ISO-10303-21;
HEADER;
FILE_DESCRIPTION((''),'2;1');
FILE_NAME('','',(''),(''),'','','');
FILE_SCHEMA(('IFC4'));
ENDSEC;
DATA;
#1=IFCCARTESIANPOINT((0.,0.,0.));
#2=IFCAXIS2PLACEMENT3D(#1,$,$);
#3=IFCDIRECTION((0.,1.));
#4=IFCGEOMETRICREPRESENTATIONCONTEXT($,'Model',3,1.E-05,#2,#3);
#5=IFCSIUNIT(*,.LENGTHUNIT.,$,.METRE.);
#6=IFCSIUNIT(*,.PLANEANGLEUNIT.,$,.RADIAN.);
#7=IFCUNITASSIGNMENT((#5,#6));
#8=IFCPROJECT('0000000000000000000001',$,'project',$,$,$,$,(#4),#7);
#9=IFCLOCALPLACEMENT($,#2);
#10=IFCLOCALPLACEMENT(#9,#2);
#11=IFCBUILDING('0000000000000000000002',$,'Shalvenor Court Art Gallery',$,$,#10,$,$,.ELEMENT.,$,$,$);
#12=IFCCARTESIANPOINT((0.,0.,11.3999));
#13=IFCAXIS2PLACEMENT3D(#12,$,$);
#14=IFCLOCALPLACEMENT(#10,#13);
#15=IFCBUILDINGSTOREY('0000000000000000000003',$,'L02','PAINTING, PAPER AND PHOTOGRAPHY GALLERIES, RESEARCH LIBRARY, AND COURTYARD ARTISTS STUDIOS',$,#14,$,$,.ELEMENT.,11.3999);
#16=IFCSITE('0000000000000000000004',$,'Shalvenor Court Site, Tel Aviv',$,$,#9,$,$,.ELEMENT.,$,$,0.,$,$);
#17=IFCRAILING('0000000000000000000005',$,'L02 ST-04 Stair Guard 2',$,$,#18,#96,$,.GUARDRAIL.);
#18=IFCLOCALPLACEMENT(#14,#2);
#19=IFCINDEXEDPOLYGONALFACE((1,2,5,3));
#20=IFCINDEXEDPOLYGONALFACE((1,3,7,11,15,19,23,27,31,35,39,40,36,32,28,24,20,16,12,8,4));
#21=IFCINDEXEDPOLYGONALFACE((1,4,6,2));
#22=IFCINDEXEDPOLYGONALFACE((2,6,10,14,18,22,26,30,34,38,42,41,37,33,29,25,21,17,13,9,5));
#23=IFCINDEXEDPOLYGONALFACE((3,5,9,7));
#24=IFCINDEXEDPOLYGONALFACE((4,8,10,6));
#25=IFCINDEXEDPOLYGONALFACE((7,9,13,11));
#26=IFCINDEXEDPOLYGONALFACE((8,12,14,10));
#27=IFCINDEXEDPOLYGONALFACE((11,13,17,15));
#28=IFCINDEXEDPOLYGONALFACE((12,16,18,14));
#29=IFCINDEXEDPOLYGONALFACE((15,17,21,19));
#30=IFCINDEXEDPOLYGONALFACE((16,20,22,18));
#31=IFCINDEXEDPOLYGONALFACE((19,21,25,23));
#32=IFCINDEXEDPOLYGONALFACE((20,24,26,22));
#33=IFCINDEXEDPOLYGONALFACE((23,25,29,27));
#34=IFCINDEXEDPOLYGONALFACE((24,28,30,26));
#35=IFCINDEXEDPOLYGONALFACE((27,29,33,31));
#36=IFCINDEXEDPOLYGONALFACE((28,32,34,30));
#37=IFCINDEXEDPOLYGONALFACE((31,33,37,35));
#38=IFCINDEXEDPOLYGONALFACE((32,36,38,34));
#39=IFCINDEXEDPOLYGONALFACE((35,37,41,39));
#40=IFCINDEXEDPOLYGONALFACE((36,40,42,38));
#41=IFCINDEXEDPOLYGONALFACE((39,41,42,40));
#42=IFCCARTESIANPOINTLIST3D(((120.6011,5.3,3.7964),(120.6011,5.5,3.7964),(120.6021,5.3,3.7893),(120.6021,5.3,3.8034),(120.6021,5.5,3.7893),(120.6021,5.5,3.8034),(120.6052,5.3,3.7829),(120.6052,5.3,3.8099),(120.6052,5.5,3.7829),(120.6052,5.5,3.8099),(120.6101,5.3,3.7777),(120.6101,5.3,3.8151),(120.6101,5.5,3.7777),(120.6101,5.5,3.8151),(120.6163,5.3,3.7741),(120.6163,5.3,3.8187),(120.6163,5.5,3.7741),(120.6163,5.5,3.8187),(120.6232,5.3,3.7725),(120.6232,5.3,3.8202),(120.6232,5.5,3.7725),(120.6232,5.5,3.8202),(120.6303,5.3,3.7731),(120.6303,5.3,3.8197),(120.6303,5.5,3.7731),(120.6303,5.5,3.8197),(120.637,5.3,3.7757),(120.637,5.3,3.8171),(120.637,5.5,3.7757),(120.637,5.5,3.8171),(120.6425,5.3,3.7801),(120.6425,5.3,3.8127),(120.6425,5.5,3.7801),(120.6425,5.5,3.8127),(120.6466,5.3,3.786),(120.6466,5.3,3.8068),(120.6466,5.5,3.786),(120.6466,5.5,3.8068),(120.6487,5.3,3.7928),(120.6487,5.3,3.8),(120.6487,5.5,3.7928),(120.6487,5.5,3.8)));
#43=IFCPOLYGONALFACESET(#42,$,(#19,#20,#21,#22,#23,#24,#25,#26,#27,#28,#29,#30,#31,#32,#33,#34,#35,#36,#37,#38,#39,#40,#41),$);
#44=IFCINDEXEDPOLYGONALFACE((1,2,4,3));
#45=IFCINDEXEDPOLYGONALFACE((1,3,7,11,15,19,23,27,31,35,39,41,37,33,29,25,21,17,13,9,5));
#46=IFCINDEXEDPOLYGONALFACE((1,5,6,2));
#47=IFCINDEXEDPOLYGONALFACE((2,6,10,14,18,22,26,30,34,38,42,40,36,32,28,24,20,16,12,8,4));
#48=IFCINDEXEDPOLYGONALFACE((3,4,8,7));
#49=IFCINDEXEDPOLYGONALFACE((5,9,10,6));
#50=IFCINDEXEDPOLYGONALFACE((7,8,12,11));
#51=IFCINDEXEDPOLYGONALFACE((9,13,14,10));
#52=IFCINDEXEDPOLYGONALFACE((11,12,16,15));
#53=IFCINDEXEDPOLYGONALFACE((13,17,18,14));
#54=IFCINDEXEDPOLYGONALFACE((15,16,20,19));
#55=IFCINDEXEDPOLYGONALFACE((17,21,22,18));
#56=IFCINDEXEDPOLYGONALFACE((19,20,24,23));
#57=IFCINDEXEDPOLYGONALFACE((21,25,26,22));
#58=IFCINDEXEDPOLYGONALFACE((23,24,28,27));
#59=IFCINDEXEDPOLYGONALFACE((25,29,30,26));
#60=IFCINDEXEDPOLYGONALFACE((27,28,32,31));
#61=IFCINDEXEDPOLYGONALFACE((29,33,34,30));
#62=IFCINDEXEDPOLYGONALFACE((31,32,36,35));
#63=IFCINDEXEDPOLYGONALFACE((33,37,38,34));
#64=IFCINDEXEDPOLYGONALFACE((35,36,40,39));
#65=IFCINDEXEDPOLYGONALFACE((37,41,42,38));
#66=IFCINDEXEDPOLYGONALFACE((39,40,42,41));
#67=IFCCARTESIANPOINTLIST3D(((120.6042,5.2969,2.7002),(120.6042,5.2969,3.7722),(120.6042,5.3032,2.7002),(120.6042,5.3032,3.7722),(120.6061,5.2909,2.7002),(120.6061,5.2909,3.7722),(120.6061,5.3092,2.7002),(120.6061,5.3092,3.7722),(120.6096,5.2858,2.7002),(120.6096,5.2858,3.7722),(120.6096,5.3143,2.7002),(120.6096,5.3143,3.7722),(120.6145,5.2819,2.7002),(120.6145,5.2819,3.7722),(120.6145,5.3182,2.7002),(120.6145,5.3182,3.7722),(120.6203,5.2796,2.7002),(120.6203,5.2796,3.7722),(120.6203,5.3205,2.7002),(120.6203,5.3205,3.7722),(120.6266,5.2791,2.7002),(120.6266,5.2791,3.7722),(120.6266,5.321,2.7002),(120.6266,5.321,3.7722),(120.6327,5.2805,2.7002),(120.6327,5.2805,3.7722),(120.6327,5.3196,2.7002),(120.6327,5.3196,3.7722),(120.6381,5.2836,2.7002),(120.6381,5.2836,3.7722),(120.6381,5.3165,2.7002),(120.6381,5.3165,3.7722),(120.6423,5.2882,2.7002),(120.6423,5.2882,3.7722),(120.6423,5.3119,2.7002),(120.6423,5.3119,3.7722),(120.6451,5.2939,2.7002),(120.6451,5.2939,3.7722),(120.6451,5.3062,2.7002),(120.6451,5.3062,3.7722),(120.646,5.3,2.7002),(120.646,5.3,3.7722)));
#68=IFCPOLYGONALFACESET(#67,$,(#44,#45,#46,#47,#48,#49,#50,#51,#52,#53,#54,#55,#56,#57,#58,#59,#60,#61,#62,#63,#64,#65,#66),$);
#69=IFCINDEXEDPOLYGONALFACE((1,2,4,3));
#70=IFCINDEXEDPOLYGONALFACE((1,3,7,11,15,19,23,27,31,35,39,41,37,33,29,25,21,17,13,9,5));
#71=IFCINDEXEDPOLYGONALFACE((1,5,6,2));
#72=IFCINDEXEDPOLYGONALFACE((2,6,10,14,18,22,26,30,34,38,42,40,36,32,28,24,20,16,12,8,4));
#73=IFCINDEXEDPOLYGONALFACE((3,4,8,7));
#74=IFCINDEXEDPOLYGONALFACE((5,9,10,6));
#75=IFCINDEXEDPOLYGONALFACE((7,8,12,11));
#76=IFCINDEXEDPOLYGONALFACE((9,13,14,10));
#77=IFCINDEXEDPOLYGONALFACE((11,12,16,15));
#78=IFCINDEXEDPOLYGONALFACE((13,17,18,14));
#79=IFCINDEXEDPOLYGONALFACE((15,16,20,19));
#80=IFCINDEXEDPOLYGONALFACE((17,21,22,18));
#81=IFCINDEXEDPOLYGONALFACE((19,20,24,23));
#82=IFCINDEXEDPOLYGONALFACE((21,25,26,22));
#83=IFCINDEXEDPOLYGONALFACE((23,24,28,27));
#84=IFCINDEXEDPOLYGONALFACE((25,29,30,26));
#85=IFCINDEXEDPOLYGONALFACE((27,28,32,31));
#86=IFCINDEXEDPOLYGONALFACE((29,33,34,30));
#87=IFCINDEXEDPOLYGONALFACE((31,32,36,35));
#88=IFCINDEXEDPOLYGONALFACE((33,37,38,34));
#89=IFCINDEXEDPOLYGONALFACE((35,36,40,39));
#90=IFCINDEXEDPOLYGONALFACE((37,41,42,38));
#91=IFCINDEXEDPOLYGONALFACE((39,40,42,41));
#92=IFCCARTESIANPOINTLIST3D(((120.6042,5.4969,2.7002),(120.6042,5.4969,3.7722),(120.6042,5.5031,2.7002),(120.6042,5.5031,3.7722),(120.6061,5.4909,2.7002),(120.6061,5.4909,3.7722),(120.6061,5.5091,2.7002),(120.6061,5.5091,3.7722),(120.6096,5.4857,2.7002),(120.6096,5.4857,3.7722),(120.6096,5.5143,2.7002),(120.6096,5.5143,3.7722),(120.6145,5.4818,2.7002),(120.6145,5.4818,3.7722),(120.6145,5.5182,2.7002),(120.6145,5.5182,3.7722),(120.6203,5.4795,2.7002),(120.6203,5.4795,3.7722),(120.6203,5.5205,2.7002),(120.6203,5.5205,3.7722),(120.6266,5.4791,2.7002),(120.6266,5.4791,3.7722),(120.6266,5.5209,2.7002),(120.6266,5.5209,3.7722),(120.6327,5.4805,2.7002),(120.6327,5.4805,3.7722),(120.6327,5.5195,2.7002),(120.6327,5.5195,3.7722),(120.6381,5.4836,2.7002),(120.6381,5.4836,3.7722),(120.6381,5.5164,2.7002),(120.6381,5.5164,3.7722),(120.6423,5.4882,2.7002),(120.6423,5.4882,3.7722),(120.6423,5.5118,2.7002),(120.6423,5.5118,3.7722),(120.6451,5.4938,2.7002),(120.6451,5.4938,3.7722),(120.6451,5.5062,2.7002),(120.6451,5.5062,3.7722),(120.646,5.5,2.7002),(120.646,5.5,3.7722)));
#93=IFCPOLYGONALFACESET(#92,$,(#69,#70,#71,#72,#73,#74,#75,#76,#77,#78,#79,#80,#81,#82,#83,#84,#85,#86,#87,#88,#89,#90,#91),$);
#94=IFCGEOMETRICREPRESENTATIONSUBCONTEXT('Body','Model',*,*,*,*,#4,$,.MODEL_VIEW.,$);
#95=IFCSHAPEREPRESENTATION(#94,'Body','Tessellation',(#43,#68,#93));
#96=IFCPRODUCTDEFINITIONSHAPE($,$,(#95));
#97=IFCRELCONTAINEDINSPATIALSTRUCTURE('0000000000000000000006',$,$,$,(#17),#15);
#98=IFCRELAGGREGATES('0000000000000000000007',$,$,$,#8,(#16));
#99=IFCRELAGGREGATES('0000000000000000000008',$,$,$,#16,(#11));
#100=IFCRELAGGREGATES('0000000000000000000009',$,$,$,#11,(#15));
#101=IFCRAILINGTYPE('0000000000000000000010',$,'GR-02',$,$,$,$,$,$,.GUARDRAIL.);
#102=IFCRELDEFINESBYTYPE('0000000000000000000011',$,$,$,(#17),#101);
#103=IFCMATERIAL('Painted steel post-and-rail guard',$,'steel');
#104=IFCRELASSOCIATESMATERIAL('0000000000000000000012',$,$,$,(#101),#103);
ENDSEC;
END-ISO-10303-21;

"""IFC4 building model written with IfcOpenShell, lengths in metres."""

from ifc_helpers import new_model, si_unit, direction, frame, origin, origin_2d, place, context, subcontext, project, spatial, circle, extrude, material, type_object, element, save


model = new_model("IFC4")

# Units and contexts
model_context = context("Model", 3, precision=1e-05, world=origin(), true_north=direction((0.0, 1.0)))
body_context = subcontext(model_context, "Body", "Model", "MODEL_VIEW")
ifc_project = project(units=[si_unit("LENGTHUNIT", "METRE"), si_unit("PLANEANGLEUNIT", "RADIAN")], contexts=[model_context])

# Site, building, storey
site_placement = place(None, origin())
site = spatial("IfcSite", under=ifc_project, at=site_placement, Name="Shalvenor Court Site, Tel Aviv", CompositionType="ELEMENT", RefElevation=0.0)
building_placement = place(site_placement, origin())
building = spatial("IfcBuilding", under=site, at=building_placement, Name="Shalvenor Court Art Gallery", CompositionType="ELEMENT")
storey_placement = place(building_placement, frame((0.0, 0.0, 11.3999)))
storey = spatial("IfcBuildingStorey", under=building, at=storey_placement, Name="L02", Description="PAINTING, PAPER AND PHOTOGRAPHY GALLERIES, RESEARCH LIBRARY, AND COURTYARD ARTISTS STUDIOS", CompositionType="ELEMENT", Elevation=11.3999)

# Railing
ifc_material_1 = material(Name="Painted steel post-and-rail guard", Category="steel")
railing_type_1 = type_object("IfcRailingType", Name="GR-02", PredefinedType="GUARDRAIL", material=ifc_material_1)
railing_1_placement = place(storey_placement, frame((120.625, 5.3, 2.7002)))
element("IfcRailing", 1, at=railing_1_placement, inside=storey, type_object=railing_type_1, Name="L02 ST-04 Stair Guard 2", PredefinedType="GUARDRAIL", context=body_context, shape_type="SweptSolid", body=[
    extrude(circle(Radius=0.0239, at=origin_2d()), frame((0.0, 0.0, 1.0962), z_axis=(0.0, 1.0, 0.0), x_axis=(-1.0, 0.0, 0.0)), (0.0, 0.0, 1.0), 0.2),
    extrude(circle(Radius=0.021, at=origin_2d()), origin(), (0.0, 0.0, 1.0), 1.072),
    extrude(circle(Radius=0.021, at=origin_2d()), frame((0.0, 0.2, 0.0)), (0.0, 0.0, 1.0), 1.072),
])

save(model, "model.ifc")
